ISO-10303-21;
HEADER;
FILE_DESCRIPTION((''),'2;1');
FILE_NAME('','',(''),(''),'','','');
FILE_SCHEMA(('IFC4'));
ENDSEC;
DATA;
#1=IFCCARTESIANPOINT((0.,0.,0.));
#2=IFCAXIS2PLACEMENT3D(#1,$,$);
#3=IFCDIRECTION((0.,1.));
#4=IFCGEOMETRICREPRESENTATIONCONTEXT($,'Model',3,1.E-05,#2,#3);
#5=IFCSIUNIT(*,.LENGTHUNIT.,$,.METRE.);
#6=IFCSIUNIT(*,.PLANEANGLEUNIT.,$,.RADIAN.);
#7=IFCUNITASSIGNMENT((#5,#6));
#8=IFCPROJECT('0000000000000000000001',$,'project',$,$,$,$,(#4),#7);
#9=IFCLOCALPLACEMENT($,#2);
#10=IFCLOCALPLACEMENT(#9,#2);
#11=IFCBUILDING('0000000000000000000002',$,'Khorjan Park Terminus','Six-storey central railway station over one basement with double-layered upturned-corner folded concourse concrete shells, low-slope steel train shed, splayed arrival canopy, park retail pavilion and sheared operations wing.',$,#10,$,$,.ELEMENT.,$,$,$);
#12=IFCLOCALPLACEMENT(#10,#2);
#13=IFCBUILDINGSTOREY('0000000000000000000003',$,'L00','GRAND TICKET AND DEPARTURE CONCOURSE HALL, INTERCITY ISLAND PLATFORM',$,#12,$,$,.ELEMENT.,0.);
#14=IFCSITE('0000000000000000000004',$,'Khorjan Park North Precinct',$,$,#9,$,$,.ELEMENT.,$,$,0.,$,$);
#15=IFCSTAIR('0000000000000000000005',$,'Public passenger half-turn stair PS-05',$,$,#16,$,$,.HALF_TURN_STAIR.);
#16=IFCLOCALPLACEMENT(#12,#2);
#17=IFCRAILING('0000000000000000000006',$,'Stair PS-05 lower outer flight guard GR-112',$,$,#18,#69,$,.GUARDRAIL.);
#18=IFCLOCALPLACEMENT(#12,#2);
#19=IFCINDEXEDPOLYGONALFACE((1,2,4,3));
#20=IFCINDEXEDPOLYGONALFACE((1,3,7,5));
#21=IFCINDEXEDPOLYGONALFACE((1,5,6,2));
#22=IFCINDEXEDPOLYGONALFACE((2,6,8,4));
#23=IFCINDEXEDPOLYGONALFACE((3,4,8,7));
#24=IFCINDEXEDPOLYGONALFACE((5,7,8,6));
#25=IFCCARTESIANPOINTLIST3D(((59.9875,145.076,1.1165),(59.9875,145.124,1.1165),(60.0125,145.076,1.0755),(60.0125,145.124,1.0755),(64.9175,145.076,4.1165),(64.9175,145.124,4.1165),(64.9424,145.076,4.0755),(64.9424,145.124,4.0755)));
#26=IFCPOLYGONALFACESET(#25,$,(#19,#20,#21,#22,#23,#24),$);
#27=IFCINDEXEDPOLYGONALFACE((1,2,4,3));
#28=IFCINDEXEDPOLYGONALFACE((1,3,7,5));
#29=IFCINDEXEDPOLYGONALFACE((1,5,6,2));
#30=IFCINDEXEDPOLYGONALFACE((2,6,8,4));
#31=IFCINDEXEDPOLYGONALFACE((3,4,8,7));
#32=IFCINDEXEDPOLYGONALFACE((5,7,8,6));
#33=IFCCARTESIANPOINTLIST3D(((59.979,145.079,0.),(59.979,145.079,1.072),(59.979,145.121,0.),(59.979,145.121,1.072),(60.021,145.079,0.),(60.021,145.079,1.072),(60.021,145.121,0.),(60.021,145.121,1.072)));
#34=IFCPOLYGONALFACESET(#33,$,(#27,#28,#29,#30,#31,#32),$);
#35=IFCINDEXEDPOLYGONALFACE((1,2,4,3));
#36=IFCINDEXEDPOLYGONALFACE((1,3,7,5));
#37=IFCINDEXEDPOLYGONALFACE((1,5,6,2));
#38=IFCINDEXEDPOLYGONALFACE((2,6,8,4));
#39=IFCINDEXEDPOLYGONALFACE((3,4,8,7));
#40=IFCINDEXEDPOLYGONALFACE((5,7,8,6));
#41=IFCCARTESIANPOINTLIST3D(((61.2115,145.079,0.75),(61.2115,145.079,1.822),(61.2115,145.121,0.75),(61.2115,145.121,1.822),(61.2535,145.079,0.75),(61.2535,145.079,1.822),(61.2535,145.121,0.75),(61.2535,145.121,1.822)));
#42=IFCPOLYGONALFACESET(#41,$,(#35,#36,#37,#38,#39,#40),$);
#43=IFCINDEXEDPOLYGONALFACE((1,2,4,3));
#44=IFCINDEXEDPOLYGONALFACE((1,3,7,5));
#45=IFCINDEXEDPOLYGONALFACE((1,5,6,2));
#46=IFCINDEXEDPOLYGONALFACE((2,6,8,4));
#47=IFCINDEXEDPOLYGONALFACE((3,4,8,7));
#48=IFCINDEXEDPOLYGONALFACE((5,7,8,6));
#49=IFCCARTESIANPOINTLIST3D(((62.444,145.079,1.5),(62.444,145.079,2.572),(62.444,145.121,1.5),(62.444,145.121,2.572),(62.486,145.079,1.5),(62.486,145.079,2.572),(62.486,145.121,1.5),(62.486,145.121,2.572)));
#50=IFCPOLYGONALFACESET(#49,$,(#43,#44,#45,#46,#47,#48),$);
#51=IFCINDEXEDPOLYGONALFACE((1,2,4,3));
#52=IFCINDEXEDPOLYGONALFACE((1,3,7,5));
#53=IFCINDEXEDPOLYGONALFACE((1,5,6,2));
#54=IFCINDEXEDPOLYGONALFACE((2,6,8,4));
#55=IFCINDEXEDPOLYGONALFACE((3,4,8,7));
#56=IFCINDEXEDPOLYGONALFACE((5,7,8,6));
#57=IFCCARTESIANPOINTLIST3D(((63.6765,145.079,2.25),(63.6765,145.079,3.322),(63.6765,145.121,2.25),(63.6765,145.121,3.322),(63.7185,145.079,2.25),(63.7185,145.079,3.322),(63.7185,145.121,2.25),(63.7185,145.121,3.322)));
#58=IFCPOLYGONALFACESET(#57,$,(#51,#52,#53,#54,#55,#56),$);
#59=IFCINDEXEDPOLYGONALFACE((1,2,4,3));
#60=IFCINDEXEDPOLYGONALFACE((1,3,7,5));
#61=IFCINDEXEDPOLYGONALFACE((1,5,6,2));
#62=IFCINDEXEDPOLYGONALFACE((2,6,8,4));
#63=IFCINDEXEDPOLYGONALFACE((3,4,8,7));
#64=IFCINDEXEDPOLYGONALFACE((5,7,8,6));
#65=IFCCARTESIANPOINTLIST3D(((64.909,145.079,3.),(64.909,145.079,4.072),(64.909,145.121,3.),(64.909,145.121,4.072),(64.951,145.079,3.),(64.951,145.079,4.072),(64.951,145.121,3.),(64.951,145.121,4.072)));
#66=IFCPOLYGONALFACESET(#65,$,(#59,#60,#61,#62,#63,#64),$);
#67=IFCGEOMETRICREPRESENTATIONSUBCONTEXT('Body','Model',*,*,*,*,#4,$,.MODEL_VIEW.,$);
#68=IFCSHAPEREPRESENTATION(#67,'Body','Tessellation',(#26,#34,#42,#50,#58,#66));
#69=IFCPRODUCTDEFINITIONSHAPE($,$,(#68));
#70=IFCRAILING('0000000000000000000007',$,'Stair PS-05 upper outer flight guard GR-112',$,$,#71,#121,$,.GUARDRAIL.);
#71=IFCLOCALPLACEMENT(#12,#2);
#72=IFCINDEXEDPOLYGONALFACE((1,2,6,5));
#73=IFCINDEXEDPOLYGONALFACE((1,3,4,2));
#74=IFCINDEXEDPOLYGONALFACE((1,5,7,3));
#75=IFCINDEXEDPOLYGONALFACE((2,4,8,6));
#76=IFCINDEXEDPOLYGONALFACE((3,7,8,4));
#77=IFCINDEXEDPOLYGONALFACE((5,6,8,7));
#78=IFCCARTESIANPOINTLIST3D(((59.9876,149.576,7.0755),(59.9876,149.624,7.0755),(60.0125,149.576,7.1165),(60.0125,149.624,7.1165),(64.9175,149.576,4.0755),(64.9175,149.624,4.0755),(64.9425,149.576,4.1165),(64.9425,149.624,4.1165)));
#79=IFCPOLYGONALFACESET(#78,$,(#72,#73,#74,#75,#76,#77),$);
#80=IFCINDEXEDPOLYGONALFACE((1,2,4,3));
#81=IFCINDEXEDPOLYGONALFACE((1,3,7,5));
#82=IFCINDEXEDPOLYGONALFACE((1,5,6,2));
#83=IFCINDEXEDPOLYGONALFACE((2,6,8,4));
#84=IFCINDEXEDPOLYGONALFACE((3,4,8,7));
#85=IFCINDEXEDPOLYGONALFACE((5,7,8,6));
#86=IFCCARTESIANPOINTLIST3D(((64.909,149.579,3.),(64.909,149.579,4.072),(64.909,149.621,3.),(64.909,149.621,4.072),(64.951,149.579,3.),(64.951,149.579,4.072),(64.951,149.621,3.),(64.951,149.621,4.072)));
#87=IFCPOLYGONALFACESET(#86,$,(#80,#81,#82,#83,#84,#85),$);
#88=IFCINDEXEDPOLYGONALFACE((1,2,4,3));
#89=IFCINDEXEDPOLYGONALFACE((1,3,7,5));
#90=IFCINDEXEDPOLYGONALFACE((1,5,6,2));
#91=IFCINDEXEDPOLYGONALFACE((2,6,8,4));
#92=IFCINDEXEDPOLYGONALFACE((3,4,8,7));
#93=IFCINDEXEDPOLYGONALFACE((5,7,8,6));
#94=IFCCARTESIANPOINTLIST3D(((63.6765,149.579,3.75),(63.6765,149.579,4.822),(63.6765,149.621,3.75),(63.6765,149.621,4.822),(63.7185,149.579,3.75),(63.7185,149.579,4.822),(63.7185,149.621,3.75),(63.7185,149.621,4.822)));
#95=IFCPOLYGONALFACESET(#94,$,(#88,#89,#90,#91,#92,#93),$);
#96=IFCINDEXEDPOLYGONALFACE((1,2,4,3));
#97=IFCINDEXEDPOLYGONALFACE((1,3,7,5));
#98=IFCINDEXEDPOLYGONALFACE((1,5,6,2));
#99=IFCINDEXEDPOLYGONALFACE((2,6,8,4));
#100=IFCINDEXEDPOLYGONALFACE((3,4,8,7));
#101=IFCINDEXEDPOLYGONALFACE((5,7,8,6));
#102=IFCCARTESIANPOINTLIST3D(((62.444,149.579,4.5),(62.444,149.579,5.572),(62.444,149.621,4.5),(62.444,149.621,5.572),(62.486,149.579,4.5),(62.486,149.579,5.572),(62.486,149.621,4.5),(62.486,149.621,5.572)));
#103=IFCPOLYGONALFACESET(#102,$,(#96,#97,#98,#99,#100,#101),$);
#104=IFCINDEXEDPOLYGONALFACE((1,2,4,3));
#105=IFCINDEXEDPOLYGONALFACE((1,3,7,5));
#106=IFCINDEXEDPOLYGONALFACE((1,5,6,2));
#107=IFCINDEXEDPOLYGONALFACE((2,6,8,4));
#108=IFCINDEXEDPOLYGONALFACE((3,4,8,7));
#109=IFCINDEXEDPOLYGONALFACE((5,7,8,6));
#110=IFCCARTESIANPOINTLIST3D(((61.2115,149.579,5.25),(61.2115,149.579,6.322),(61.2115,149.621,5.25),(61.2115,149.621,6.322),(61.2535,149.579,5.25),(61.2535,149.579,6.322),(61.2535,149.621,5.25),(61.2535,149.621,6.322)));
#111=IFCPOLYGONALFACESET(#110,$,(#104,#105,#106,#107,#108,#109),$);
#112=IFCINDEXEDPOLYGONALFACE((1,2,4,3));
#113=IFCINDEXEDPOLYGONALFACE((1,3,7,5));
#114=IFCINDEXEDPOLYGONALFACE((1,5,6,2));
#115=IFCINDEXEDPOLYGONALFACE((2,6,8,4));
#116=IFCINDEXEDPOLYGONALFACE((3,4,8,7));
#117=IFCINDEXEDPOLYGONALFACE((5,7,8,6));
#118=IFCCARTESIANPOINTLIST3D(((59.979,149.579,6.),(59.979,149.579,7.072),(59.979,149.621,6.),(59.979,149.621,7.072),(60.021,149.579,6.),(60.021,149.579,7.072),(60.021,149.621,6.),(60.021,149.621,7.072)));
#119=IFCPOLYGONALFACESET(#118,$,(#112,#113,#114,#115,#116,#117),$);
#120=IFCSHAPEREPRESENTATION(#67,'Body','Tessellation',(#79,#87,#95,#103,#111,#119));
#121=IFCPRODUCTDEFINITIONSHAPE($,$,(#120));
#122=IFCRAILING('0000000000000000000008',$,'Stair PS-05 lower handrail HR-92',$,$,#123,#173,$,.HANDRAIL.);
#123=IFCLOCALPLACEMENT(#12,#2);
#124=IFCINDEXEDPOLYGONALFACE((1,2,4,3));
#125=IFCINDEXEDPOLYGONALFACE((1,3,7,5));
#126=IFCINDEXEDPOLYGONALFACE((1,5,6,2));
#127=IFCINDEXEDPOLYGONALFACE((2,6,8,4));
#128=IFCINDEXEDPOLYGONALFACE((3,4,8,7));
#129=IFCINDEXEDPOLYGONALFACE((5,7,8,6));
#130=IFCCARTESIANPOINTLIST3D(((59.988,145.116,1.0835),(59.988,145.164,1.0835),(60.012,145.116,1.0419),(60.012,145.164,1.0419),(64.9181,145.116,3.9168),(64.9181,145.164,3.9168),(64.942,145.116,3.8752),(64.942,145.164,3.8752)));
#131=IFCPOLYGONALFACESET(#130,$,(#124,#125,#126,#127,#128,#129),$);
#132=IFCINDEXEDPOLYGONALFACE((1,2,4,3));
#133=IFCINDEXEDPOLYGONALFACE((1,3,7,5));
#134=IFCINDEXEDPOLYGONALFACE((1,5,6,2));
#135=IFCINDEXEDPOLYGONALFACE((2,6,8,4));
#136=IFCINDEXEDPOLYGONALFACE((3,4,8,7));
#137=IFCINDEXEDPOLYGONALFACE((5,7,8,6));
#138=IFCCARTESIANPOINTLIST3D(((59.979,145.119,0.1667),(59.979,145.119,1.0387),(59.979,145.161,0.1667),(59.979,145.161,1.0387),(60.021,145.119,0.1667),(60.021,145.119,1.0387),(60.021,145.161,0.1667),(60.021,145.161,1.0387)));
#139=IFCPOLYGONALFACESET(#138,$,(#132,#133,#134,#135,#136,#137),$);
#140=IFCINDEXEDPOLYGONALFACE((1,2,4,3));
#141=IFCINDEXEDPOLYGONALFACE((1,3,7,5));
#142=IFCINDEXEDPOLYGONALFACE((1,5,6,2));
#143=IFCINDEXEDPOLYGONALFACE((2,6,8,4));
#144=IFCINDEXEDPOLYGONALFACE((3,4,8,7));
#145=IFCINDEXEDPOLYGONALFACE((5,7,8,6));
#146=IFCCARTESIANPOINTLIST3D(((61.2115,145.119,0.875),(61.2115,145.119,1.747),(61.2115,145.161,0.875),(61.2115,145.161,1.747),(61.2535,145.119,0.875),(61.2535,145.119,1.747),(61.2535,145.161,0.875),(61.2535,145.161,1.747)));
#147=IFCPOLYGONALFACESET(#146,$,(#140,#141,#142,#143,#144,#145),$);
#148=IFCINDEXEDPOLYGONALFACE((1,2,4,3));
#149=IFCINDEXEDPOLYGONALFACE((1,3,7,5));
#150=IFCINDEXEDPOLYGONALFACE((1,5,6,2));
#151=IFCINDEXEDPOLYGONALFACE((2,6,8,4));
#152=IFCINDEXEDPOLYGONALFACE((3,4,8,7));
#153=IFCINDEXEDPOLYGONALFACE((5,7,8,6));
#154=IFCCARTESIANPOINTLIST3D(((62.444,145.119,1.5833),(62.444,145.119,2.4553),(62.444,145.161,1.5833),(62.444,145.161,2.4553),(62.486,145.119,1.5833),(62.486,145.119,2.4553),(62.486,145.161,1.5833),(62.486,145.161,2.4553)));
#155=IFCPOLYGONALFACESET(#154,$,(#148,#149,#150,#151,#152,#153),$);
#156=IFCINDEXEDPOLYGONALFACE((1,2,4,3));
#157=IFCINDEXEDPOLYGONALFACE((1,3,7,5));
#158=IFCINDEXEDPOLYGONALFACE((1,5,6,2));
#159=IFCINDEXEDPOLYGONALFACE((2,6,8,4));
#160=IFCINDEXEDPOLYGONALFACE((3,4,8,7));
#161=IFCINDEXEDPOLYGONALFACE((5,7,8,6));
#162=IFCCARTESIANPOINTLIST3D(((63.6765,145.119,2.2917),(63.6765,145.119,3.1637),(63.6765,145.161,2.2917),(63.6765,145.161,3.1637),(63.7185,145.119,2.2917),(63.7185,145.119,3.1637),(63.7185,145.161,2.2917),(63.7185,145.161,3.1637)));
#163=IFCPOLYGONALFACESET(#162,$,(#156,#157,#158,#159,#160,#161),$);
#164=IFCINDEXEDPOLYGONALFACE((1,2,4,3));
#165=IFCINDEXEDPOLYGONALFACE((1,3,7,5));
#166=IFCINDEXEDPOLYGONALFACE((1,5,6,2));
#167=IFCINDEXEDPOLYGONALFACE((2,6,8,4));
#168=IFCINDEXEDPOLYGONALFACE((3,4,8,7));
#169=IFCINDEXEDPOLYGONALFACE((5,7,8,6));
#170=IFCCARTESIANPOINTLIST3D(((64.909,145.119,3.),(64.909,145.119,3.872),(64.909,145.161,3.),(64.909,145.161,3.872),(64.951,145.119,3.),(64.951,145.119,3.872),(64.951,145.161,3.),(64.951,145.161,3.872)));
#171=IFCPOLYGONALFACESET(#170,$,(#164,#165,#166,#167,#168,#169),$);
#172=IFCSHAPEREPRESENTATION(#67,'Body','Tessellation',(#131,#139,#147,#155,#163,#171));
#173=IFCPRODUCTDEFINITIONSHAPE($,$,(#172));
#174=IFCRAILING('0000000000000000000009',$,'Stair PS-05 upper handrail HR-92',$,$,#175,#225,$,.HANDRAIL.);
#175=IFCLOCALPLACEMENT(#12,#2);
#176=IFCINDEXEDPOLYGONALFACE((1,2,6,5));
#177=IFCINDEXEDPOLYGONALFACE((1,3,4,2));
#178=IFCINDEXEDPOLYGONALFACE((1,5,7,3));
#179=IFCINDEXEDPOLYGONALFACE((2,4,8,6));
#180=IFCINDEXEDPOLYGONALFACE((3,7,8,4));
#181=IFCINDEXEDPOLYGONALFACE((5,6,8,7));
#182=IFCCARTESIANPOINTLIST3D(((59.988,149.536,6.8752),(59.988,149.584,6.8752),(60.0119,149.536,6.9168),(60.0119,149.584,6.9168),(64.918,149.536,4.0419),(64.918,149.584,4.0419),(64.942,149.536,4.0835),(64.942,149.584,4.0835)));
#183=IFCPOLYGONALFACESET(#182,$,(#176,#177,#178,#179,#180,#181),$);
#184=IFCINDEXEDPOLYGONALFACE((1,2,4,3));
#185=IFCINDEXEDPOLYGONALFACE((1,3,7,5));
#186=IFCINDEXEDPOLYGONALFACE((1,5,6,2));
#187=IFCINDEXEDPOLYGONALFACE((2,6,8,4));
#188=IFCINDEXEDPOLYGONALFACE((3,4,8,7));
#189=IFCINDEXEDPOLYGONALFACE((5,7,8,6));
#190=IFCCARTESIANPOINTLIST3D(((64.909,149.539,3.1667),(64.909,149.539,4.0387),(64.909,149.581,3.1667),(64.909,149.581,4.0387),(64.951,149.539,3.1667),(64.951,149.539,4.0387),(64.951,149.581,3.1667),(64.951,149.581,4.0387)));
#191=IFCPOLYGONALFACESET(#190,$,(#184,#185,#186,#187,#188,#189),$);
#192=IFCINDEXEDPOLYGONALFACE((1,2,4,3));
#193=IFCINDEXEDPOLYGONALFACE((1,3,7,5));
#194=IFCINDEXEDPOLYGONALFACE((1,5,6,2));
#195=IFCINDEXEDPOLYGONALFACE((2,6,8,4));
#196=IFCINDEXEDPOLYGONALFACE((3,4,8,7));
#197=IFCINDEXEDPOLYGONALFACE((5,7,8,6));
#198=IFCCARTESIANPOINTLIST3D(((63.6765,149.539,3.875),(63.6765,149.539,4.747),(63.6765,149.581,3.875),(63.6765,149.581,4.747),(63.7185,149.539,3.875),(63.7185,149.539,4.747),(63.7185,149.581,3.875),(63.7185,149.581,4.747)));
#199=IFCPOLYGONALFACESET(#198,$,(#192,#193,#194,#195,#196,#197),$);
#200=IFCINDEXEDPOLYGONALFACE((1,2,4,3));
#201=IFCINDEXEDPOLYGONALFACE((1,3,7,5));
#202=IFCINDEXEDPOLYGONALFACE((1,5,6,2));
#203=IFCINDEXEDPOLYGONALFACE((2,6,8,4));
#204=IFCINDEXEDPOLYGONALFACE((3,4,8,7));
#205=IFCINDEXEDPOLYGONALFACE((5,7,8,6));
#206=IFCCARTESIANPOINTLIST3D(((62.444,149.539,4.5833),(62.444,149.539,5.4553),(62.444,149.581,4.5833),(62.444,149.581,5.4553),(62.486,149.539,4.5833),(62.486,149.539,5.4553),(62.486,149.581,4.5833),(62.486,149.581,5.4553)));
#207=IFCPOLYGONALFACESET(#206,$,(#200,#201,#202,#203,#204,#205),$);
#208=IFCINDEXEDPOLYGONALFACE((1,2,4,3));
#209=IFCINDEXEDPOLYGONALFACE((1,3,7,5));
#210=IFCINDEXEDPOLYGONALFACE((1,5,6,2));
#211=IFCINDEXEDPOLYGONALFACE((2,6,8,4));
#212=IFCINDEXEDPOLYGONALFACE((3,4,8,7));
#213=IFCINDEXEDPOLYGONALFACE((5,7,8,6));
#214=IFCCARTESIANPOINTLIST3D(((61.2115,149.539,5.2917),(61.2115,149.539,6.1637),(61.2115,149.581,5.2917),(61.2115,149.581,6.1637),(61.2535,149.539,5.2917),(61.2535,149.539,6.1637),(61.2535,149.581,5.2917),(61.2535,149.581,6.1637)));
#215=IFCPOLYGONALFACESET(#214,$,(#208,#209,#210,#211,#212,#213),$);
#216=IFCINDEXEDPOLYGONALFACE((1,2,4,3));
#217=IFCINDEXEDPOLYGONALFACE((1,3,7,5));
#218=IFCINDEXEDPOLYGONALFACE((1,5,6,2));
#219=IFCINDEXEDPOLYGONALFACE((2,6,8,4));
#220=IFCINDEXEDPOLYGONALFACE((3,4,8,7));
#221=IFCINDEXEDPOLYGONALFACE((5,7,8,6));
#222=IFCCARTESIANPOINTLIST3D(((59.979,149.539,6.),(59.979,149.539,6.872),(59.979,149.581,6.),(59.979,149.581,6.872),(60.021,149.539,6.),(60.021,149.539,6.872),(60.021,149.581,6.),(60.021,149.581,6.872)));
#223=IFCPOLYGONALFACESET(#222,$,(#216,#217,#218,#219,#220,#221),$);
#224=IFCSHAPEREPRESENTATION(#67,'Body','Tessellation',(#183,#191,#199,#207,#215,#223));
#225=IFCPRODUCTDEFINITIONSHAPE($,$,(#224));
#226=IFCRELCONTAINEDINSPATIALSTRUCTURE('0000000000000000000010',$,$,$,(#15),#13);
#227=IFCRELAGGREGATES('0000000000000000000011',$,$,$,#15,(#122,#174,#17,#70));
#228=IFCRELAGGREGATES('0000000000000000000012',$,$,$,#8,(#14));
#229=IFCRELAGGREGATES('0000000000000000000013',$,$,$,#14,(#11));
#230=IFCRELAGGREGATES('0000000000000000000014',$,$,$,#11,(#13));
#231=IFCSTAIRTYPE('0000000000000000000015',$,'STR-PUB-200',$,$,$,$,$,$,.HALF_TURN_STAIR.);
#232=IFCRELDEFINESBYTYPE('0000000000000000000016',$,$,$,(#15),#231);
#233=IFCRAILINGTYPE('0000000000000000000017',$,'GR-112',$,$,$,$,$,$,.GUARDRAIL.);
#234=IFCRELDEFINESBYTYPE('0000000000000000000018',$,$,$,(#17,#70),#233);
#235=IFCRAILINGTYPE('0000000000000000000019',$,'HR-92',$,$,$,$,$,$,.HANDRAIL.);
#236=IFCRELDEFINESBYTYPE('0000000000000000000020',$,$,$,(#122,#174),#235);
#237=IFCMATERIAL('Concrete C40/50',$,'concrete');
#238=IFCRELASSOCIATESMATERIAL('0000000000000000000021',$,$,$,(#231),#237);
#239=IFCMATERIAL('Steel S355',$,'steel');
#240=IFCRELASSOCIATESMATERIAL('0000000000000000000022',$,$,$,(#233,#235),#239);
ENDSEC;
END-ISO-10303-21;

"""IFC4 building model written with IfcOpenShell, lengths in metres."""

from ifc_helpers import new_model, si_unit, direction, frame, origin, origin_2d, place, context, subcontext, project, spatial, rectangle, extrude, material, type_object, element, aggregate, save


model = new_model("IFC4")

# Units and contexts
model_context = context("Model", 3, precision=1e-05, world=origin(), true_north=direction((0.0, 1.0)))
body_context = subcontext(model_context, "Body", "Model", "MODEL_VIEW")
ifc_project = project(units=[si_unit("LENGTHUNIT", "METRE"), si_unit("PLANEANGLEUNIT", "RADIAN")], contexts=[model_context])

# Site, building, storey
site_placement = place(None, origin())
site = spatial("IfcSite", under=ifc_project, at=site_placement, Name="Khorjan Park North Precinct", CompositionType="ELEMENT", RefElevation=0.0)
building_placement = place(site_placement, origin())
building = spatial("IfcBuilding", under=site, at=building_placement, Name="Khorjan Park Terminus", Description="Six-storey central railway station over one basement with double-layered upturned-corner folded concourse concrete shells, low-slope steel train shed, splayed arrival canopy, park retail pavilion and sheared operations wing.", CompositionType="ELEMENT")
storey_placement = place(building_placement, origin())
storey = spatial("IfcBuildingStorey", under=building, at=storey_placement, Name="L00", Description="GRAND TICKET AND DEPARTURE CONCOURSE HALL, INTERCITY ISLAND PLATFORM", CompositionType="ELEMENT", Elevation=0.0)

# Shared definitions
ifc_material_1 = material(Name="Steel S355", Category="steel")

# Stair, railings
ifc_material_2 = material(Name="Concrete C40/50", Category="concrete")
stair_type = type_object("IfcStairType", Name="STR-PUB-200", PredefinedType="HALF_TURN_STAIR", material=ifc_material_2)
stair_placement = place(storey_placement, origin())
stair = element("IfcStair", 1, at=stair_placement, inside=storey, type_object=stair_type, Name="Public passenger half-turn stair PS-05", PredefinedType="HALF_TURN_STAIR")
railing_type_1 = type_object("IfcRailingType", Name="GR-112", PredefinedType="GUARDRAIL", material=ifc_material_1)
railing_1_placement = place(storey_placement, frame((60.0, 145.1, 0.0)))
railing_1 = element("IfcRailing", 2, at=railing_1_placement, type_object=railing_type_1, Name="Stair PS-05 lower outer flight guard GR-112", PredefinedType="GUARDRAIL", context=body_context, shape_type="SweptSolid", body=[
    extrude(rectangle(XDim=0.048, YDim=0.048, at=origin_2d()), frame((0.0, 0.0, 1.096), z_axis=(0.854265, 0.0, 0.519837), x_axis=(0.0, 1.0, 0.0)), (0.0, 0.0, 1.0), 5.771),
    extrude(rectangle(XDim=0.042, YDim=0.042, at=origin_2d()), origin(), (0.0, 0.0, 1.0), 1.072),
    extrude(rectangle(XDim=0.042, YDim=0.042, at=origin_2d()), frame((1.2325, 0.0, 0.75)), (0.0, 0.0, 1.0), 1.072),
    extrude(rectangle(XDim=0.042, YDim=0.042, at=origin_2d()), frame((2.465, 0.0, 1.5)), (0.0, 0.0, 1.0), 1.072),
    extrude(rectangle(XDim=0.042, YDim=0.042, at=origin_2d()), frame((3.6975, 0.0, 2.25)), (0.0, 0.0, 1.0), 1.072),
    extrude(rectangle(XDim=0.042, YDim=0.042, at=origin_2d()), frame((4.93, 0.0, 3.0)), (0.0, 0.0, 1.0), 1.072),
])
railing_2_placement = place(storey_placement, frame((64.93, 149.6, 3.0)))
railing_2 = element("IfcRailing", 3, at=railing_2_placement, type_object=railing_type_1, Name="Stair PS-05 upper outer flight guard GR-112", PredefinedType="GUARDRAIL", context=body_context, shape_type="SweptSolid", body=[
    extrude(rectangle(XDim=0.048, YDim=0.048, at=origin_2d()), frame((0.0, 0.0, 1.096), z_axis=(-0.854265, 0.0, 0.519837), x_axis=(0.0, -1.0, 0.0)), (0.0, 0.0, 1.0), 5.771),
    extrude(rectangle(XDim=0.042, YDim=0.042, at=origin_2d()), origin(), (0.0, 0.0, 1.0), 1.072),
    extrude(rectangle(XDim=0.042, YDim=0.042, at=origin_2d()), frame((-1.2325, 0.0, 0.75)), (0.0, 0.0, 1.0), 1.072),
    extrude(rectangle(XDim=0.042, YDim=0.042, at=origin_2d()), frame((-2.465, 0.0, 1.5)), (0.0, 0.0, 1.0), 1.072),
    extrude(rectangle(XDim=0.042, YDim=0.042, at=origin_2d()), frame((-3.6975, 0.0, 2.25)), (0.0, 0.0, 1.0), 1.072),
    extrude(rectangle(XDim=0.042, YDim=0.042, at=origin_2d()), frame((-4.93, 0.0, 3.0)), (0.0, 0.0, 1.0), 1.072),
])
railing_type_2 = type_object("IfcRailingType", Name="HR-92", PredefinedType="HANDRAIL", material=ifc_material_1)
railing_3_placement = place(storey_placement, frame((60.0, 145.14, 0.1667)))
railing_3 = element("IfcRailing", 4, at=railing_3_placement, type_object=railing_type_2, Name="Stair PS-05 lower handrail HR-92", PredefinedType="HANDRAIL", context=body_context, shape_type="SweptSolid", body=[
    extrude(rectangle(XDim=0.048, YDim=0.048, at=origin_2d()), frame((0.0, 0.0, 0.896), z_axis=(0.867016, 0.0, 0.498279), x_axis=(0.0, 1.0, 0.0)), (0.0, 0.0, 1.0), 5.6862),
    extrude(rectangle(XDim=0.042, YDim=0.042, at=origin_2d()), origin(), (0.0, 0.0, 1.0), 0.872),
    extrude(rectangle(XDim=0.042, YDim=0.042, at=origin_2d()), frame((1.2325, 0.0, 0.7083)), (0.0, 0.0, 1.0), 0.872),
    extrude(rectangle(XDim=0.042, YDim=0.042, at=origin_2d()), frame((2.465, 0.0, 1.4166)), (0.0, 0.0, 1.0), 0.872),
    extrude(rectangle(XDim=0.042, YDim=0.042, at=origin_2d()), frame((3.6975, 0.0, 2.125)), (0.0, 0.0, 1.0), 0.872),
    extrude(rectangle(XDim=0.042, YDim=0.042, at=origin_2d()), frame((4.93, 0.0, 2.8333)), (0.0, 0.0, 1.0), 0.872),
])
railing_4_placement = place(storey_placement, frame((64.93, 149.56, 3.1667)))
railing_4 = element("IfcRailing", 5, at=railing_4_placement, type_object=railing_type_2, Name="Stair PS-05 upper handrail HR-92", PredefinedType="HANDRAIL", context=body_context, shape_type="SweptSolid", body=[
    extrude(rectangle(XDim=0.048, YDim=0.048, at=origin_2d()), frame((0.0, 0.0, 0.896), z_axis=(-0.867016, 0.0, 0.498279), x_axis=(0.0, -1.0, 0.0)), (0.0, 0.0, 1.0), 5.6862),
    extrude(rectangle(XDim=0.042, YDim=0.042, at=origin_2d()), origin(), (0.0, 0.0, 1.0), 0.872),
    extrude(rectangle(XDim=0.042, YDim=0.042, at=origin_2d()), frame((-1.2325, 0.0, 0.7083)), (0.0, 0.0, 1.0), 0.872),
    extrude(rectangle(XDim=0.042, YDim=0.042, at=origin_2d()), frame((-2.465, 0.0, 1.4166)), (0.0, 0.0, 1.0), 0.872),
    extrude(rectangle(XDim=0.042, YDim=0.042, at=origin_2d()), frame((-3.6975, 0.0, 2.125)), (0.0, 0.0, 1.0), 0.872),
    extrude(rectangle(XDim=0.042, YDim=0.042, at=origin_2d()), frame((-4.93, 0.0, 2.8333)), (0.0, 0.0, 1.0), 0.872),
])
aggregate(stair, [railing_3, railing_4, railing_1, railing_2])

save(model, "model.ifc")
